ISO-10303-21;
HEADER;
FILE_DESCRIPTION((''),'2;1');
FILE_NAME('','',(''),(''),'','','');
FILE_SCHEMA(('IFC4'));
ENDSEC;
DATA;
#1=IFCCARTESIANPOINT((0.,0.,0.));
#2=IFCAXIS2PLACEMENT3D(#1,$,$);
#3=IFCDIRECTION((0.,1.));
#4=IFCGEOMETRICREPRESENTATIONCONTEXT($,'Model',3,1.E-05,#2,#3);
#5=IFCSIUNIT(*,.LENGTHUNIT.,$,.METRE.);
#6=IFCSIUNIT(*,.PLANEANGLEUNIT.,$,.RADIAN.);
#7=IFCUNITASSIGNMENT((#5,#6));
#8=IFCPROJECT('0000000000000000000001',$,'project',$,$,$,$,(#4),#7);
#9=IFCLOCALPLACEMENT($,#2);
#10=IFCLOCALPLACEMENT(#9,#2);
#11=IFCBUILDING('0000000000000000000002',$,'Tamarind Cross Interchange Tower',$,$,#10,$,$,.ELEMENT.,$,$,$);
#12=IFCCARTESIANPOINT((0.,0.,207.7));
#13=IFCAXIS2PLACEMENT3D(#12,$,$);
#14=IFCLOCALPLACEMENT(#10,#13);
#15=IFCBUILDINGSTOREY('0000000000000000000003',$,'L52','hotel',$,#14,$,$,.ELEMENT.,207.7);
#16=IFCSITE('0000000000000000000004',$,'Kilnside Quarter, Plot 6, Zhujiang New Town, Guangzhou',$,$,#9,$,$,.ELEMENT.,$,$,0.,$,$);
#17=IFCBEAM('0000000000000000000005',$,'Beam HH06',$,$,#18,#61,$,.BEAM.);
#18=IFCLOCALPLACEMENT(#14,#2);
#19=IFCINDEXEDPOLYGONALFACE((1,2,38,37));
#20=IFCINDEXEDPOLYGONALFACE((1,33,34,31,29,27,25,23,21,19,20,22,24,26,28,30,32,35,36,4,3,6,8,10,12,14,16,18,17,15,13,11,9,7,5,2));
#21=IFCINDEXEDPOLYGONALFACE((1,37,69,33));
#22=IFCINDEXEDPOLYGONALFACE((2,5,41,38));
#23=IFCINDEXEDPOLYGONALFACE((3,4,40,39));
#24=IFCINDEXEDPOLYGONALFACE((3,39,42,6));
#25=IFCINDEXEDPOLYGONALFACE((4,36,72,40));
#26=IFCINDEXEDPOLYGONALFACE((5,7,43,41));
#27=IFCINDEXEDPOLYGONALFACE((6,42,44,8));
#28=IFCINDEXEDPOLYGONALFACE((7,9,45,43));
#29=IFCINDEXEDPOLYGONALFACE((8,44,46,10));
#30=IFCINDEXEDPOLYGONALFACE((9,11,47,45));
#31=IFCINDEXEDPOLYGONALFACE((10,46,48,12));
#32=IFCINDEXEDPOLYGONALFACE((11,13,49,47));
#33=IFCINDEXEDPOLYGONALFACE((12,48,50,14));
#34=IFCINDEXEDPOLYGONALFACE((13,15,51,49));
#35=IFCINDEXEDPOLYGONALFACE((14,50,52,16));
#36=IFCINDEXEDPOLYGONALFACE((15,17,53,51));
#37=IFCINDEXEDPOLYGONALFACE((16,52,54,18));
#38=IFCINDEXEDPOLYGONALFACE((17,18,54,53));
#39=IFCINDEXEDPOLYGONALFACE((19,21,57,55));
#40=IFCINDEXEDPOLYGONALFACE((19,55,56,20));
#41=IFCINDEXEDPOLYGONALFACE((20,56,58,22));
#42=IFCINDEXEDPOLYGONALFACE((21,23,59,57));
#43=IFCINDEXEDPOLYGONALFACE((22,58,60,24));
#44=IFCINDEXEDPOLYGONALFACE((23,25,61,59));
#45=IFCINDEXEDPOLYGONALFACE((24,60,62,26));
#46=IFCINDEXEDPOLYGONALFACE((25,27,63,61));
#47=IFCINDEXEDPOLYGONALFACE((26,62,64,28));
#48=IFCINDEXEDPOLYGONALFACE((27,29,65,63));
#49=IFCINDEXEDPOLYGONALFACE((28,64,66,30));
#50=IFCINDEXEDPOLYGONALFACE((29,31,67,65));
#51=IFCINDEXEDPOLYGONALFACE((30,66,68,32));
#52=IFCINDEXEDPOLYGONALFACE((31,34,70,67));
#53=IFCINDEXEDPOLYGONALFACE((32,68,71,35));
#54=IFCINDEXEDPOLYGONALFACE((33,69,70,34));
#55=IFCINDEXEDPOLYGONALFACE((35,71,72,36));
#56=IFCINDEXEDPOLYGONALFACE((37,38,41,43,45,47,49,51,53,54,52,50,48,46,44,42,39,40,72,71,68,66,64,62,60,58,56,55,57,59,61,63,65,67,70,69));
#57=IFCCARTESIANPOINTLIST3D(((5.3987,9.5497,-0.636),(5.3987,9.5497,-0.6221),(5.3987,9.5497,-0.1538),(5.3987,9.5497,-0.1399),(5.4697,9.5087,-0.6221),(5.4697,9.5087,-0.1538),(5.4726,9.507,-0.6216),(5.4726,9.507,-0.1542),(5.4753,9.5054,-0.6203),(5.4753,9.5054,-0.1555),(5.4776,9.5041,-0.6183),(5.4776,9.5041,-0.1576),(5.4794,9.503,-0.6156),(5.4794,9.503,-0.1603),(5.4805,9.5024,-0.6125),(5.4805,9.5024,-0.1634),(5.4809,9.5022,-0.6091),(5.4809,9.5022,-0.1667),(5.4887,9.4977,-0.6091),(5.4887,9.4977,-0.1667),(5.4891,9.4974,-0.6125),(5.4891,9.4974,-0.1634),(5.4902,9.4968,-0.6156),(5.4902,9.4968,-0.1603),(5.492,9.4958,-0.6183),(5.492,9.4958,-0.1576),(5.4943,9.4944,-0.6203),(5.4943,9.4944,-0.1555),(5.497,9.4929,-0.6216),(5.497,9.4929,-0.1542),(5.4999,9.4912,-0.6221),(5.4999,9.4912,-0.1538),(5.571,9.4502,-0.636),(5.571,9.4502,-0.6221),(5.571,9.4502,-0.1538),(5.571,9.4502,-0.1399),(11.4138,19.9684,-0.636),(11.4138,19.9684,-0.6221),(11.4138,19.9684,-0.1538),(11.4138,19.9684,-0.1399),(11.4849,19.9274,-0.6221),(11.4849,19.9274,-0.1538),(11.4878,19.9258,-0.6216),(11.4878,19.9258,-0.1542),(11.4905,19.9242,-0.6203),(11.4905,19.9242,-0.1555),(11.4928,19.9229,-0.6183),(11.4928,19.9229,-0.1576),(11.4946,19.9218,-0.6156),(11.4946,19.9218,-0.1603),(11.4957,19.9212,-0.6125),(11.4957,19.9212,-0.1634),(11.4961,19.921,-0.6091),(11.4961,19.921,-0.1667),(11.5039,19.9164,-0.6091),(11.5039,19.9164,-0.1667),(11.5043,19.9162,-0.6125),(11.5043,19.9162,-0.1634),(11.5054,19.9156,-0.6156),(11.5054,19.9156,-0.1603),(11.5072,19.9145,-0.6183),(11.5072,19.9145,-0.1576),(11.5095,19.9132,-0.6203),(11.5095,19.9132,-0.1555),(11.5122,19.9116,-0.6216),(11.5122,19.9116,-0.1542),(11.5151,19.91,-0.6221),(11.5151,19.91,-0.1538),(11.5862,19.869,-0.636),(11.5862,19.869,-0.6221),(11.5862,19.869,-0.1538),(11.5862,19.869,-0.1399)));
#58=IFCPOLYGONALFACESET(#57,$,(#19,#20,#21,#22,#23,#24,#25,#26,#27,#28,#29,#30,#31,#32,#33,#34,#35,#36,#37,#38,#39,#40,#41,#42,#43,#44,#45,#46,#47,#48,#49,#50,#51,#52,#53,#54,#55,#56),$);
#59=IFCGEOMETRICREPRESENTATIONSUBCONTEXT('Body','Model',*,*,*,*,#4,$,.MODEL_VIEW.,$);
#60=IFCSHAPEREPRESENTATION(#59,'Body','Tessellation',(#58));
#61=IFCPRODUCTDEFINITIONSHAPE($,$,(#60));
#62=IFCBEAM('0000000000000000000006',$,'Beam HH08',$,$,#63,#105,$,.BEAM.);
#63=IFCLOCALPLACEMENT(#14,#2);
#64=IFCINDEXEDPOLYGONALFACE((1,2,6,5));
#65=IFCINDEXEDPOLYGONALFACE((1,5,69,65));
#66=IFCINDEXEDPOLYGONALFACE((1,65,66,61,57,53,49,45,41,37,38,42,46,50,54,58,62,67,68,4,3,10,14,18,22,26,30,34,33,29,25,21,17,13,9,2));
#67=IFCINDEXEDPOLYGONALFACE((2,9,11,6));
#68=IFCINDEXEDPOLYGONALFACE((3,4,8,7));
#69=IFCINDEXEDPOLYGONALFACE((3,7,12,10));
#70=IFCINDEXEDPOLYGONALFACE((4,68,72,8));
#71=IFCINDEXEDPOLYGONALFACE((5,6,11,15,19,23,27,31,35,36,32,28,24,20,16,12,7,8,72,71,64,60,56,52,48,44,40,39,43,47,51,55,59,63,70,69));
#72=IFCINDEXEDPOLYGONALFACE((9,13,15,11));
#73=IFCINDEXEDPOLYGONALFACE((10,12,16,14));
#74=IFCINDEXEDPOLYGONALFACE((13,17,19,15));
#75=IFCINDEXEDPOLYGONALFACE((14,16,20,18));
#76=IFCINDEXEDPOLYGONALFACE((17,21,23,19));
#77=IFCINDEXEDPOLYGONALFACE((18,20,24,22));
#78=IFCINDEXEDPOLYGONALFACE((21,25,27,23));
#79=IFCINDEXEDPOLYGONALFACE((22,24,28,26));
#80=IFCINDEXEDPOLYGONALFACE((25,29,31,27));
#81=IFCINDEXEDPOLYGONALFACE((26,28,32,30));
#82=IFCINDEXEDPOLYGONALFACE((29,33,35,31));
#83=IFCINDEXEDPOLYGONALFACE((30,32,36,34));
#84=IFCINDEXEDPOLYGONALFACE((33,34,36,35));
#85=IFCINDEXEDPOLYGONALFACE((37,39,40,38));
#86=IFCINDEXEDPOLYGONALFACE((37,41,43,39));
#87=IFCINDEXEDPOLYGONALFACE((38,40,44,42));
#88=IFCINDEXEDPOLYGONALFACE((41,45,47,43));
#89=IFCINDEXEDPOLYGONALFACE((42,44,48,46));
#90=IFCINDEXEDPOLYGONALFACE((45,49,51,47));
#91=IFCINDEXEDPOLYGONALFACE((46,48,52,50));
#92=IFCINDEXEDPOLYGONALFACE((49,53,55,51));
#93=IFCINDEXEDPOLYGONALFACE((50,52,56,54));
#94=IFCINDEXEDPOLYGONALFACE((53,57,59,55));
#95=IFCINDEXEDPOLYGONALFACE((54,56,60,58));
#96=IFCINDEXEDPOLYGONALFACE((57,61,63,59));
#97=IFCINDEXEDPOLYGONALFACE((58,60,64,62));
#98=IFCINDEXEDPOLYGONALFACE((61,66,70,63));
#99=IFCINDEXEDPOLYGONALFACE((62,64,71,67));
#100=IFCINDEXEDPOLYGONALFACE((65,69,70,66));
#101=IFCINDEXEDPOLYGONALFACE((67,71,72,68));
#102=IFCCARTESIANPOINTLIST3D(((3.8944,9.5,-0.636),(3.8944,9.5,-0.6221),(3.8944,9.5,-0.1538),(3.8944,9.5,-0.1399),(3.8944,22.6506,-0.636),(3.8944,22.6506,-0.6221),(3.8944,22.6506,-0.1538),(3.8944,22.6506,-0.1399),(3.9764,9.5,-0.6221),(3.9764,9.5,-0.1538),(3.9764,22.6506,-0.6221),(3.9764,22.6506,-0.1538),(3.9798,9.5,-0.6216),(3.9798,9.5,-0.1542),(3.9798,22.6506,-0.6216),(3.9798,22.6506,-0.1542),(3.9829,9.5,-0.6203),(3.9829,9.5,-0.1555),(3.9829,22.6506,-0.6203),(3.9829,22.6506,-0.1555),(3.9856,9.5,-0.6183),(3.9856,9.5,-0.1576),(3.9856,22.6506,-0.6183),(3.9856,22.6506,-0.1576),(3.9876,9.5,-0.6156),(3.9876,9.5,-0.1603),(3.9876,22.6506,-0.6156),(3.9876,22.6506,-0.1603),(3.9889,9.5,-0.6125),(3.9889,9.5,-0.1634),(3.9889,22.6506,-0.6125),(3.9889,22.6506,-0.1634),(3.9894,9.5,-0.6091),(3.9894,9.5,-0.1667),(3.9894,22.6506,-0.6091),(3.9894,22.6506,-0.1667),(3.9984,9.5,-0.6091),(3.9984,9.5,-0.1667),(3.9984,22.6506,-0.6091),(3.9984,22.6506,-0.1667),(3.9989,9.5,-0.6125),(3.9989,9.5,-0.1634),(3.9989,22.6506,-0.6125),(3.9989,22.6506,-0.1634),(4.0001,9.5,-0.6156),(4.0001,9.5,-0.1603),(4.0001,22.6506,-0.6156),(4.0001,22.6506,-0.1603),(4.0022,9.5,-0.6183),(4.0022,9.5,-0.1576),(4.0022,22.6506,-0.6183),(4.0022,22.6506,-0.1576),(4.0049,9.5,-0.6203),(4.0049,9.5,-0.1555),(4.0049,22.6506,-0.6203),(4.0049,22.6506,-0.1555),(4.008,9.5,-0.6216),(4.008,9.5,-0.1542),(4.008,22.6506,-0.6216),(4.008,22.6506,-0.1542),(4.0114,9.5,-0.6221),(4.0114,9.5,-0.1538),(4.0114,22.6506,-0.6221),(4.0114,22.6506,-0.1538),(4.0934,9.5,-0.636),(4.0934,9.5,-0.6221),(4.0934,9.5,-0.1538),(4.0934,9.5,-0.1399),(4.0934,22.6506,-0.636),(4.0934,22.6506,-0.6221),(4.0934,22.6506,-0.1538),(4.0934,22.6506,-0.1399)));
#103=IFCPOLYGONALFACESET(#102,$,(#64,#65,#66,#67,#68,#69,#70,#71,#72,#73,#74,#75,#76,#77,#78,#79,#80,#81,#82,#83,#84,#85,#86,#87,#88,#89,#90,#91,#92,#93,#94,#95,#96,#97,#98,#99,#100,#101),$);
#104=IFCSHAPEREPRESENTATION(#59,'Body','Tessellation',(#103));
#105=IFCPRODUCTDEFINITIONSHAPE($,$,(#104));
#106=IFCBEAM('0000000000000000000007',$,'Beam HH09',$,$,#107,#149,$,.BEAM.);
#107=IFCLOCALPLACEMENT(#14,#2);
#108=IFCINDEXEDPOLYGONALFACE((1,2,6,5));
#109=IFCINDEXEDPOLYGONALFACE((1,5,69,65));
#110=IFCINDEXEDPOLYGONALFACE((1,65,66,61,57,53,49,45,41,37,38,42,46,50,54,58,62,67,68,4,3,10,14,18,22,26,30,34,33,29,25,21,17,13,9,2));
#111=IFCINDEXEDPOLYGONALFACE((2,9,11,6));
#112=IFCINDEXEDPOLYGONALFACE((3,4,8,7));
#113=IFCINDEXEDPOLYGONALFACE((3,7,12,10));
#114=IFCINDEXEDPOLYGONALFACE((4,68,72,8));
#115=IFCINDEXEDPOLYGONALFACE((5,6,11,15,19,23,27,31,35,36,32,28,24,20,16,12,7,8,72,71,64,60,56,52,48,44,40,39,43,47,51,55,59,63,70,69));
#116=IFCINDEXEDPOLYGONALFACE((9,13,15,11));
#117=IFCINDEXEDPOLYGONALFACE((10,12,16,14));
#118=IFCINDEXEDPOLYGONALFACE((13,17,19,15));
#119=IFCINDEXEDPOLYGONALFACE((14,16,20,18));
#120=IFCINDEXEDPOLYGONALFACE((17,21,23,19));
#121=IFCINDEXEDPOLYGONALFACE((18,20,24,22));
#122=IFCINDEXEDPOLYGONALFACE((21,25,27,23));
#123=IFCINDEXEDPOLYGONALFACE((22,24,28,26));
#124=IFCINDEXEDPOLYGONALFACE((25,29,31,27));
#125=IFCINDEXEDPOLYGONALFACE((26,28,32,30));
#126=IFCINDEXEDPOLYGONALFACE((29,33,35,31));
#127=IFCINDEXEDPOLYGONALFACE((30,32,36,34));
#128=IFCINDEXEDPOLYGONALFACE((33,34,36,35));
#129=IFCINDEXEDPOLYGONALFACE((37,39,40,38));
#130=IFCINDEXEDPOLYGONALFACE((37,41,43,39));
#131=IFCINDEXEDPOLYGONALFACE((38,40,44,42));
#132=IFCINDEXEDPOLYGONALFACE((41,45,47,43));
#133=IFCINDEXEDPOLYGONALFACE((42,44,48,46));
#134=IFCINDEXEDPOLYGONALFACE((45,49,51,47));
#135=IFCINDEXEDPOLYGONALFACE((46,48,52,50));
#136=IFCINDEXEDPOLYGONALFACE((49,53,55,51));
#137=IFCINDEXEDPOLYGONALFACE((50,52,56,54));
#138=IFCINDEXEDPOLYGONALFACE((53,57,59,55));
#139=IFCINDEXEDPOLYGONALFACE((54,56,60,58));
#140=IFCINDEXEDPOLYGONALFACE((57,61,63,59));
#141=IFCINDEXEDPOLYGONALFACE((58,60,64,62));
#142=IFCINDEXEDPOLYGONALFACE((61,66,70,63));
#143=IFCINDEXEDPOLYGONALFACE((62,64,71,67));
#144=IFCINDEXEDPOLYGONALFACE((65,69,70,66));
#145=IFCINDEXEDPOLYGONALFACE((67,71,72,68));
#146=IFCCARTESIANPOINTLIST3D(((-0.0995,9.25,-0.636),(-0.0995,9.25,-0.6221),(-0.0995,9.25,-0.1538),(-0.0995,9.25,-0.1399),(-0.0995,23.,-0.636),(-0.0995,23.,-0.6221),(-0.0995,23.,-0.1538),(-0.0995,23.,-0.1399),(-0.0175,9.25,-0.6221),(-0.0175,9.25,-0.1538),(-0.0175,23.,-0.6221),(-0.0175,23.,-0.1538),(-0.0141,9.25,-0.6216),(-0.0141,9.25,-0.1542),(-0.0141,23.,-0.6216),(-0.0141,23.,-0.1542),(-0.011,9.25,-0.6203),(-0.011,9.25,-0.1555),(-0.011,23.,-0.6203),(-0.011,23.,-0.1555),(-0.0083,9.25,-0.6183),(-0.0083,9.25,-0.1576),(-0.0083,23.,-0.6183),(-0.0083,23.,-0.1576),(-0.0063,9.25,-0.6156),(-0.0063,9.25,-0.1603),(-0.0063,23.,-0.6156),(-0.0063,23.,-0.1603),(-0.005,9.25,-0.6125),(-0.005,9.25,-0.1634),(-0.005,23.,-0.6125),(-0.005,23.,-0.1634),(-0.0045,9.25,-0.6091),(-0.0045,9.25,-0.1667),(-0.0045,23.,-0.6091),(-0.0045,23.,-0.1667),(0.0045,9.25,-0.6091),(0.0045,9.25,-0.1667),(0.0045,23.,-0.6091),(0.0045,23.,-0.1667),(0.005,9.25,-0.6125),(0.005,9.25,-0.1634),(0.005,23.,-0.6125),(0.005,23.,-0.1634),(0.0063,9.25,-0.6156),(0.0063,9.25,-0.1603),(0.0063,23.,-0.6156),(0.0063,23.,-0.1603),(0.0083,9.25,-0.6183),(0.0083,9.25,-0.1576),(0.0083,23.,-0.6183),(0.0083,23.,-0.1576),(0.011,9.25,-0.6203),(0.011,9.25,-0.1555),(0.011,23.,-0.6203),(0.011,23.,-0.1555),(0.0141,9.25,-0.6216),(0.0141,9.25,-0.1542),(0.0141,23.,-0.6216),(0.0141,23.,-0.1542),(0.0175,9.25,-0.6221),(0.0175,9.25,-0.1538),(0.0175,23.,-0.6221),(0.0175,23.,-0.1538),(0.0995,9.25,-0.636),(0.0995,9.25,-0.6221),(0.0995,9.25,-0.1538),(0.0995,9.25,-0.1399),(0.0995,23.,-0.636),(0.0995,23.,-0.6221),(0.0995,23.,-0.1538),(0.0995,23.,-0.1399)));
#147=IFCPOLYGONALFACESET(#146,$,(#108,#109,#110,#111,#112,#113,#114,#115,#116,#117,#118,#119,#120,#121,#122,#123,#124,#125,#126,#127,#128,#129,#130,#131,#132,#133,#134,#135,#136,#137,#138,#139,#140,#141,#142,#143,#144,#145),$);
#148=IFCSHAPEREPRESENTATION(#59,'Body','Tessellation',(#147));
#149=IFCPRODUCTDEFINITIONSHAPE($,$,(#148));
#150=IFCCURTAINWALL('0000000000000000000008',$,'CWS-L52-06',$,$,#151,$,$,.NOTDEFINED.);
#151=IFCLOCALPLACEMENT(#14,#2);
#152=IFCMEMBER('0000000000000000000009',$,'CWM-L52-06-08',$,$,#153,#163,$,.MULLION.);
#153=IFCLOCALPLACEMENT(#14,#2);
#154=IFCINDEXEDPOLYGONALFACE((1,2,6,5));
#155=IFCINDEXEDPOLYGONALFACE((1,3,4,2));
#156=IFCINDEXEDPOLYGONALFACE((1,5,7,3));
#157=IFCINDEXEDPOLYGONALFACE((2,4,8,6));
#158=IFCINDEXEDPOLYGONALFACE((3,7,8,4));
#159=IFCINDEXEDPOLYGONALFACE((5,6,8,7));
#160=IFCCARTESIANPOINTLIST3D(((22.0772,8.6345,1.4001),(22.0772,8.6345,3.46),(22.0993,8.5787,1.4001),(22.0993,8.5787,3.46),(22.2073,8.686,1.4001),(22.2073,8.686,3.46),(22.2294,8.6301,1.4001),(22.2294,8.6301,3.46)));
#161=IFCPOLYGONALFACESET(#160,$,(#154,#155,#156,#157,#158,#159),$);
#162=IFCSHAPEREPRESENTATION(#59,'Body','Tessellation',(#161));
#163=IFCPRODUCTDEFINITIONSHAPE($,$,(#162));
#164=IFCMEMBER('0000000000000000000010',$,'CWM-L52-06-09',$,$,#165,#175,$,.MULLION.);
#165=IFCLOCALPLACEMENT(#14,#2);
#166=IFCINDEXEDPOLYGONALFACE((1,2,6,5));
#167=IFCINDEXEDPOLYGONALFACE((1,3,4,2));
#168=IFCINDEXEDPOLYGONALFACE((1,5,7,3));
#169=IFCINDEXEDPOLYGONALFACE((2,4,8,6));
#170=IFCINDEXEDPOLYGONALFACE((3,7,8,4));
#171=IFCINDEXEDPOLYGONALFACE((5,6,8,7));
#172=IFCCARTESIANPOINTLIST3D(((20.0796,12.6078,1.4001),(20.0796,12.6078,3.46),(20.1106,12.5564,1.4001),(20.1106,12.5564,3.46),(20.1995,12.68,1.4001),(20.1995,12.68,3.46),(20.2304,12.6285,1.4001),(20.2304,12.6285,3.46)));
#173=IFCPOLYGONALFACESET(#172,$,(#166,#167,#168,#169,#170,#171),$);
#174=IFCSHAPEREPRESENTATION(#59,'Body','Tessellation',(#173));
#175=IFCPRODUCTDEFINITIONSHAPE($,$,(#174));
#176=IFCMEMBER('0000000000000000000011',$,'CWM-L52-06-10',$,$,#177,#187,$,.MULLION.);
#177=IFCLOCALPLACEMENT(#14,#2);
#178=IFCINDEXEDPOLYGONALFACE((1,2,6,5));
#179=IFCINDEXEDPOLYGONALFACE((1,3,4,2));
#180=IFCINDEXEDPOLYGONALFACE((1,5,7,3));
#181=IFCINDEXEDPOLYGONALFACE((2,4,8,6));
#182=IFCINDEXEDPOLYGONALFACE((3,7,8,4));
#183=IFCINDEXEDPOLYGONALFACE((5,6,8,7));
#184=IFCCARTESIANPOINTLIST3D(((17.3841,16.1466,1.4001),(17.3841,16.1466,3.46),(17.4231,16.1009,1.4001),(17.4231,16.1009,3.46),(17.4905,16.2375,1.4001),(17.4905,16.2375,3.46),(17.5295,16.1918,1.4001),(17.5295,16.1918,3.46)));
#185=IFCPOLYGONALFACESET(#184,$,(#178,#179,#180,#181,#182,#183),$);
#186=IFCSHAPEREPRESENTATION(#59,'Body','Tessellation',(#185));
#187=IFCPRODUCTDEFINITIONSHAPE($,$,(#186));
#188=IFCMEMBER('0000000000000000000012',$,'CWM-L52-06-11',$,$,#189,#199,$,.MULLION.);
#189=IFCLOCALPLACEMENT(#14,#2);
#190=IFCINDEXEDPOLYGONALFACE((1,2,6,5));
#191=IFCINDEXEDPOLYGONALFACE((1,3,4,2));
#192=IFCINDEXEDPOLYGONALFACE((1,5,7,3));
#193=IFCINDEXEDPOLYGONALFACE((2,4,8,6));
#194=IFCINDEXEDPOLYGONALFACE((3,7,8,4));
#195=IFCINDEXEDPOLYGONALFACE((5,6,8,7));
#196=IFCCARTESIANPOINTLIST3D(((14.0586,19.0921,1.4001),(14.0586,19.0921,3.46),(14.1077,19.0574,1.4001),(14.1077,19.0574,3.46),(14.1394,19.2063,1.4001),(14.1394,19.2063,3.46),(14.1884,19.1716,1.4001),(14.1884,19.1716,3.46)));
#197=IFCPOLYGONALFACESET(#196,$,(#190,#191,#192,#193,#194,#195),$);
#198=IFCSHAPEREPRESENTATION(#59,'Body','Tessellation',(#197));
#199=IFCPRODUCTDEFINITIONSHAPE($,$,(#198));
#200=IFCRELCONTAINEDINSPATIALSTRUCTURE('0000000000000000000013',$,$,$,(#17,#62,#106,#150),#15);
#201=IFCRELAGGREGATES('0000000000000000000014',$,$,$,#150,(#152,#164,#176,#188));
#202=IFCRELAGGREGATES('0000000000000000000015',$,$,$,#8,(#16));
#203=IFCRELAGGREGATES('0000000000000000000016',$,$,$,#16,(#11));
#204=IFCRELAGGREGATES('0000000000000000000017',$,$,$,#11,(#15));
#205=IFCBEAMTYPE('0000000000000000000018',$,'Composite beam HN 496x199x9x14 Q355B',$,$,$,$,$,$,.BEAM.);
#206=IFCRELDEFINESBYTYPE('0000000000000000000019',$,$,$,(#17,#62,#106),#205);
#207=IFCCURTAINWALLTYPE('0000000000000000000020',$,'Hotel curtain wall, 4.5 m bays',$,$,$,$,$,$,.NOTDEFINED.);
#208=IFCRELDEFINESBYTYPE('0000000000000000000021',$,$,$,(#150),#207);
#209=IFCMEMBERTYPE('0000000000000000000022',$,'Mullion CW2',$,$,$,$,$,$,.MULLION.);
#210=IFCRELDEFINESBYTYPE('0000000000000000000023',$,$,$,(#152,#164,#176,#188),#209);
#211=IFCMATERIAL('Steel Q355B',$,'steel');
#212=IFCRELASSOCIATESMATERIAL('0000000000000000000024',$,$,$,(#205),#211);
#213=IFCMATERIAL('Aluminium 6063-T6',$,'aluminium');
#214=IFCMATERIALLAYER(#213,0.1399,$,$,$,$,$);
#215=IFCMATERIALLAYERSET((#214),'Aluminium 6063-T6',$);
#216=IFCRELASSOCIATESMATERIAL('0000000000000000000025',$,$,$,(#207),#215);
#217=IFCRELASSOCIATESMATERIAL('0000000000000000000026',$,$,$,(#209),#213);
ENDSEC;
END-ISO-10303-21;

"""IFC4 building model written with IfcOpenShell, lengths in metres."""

from ifc_helpers import new_model, si_unit, direction, frame, origin, origin_2d, place, context, subcontext, project, spatial, rectangle, i_section, extrude, material, layer, layer_set, material_profile, profile_set, type_object, element, aggregate, save


model = new_model("IFC4")

# Units and contexts
model_context = context("Model", 3, precision=1e-05, world=origin(), true_north=direction((0.0, 1.0)))
body_context = subcontext(model_context, "Body", "Model", "MODEL_VIEW")
ifc_project = project(units=[si_unit("LENGTHUNIT", "METRE"), si_unit("PLANEANGLEUNIT", "RADIAN")], contexts=[model_context])

# Site, building, storey
site_placement = place(None, origin())
site = spatial("IfcSite", under=ifc_project, at=site_placement, Name="Kilnside Quarter, Plot 6, Zhujiang New Town, Guangzhou", CompositionType="ELEMENT", RefElevation=0.0)
building_placement = place(site_placement, origin())
building = spatial("IfcBuilding", under=site, at=building_placement, Name="Tamarind Cross Interchange Tower", CompositionType="ELEMENT")
storey_placement = place(building_placement, frame((0.0, 0.0, 207.7)))
storey = spatial("IfcBuildingStorey", under=building, at=storey_placement, Name="L52", Description="hotel", CompositionType="ELEMENT", Elevation=207.7)

# Beams
ifc_material_1 = material(Name="Steel Q355B", Category="steel")
ifc_material_profile_1 = material_profile(ifc_material_1, i_section(OverallWidth=0.199, OverallDepth=0.4961, WebThickness=0.009, FlangeThickness=0.0139, FilletRadius=0.0129, at=origin_2d()), Name="HN 496x199x9x14")
ifc_profile_set_1 = profile_set([ifc_material_profile_1], Name="Steel Q355B")
beam_type = type_object("IfcBeamType", Name="Composite beam HN 496x199x9x14 Q355B", PredefinedType="BEAM", material=ifc_profile_set_1)
beam_1_placement = place(storey_placement, frame((11.5, 19.9187, -0.3879), z_axis=(-0.499994, -0.866029, 0.0), x_axis=(0.866029, -0.499994, 0.0)))
element("IfcBeam", 1, at=beam_1_placement, inside=storey, type_object=beam_type, Name="Beam HH06", PredefinedType="BEAM", context=body_context, shape_type="SweptSolid", body=[
    extrude(i_section(OverallWidth=0.199, OverallDepth=0.4961, WebThickness=0.009, FlangeThickness=0.0139, FilletRadius=0.0129, at=origin_2d()), origin(), (0.0, 0.0, 1.0), 12.0305),
])
beam_2_placement = place(storey_placement, frame((3.9939, 22.6506, -0.3879), z_axis=(0.0, -1.0, 0.0), x_axis=(1.0, 0.0, 0.0)))
element("IfcBeam", 2, at=beam_2_placement, inside=storey, type_object=beam_type, Name="Beam HH08", PredefinedType="BEAM", context=body_context, shape_type="SweptSolid", body=[
    extrude(i_section(OverallWidth=0.199, OverallDepth=0.4961, WebThickness=0.009, FlangeThickness=0.0139, FilletRadius=0.0129, at=origin_2d()), origin(), (0.0, 0.0, 1.0), 13.1506),
])
beam_3_placement = place(storey_placement, frame((0.0, 23.0, -0.3879), z_axis=(0.0, -1.0, 0.0), x_axis=(1.0, 0.0, 0.0)))
element("IfcBeam", 3, at=beam_3_placement, inside=storey, type_object=beam_type, Name="Beam HH09", PredefinedType="BEAM", context=body_context, shape_type="SweptSolid", body=[
    extrude(i_section(OverallWidth=0.199, OverallDepth=0.4961, WebThickness=0.009, FlangeThickness=0.0139, FilletRadius=0.0129, at=origin_2d()), origin(), (0.0, 0.0, 1.0), 13.75),
])

# Curtain wall, members
ifc_material_2 = material(Name="Aluminium 6063-T6", Category="aluminium")
ifc_layer_1 = layer(ifc_material_2, 0.1399)
ifc_layer_set_1 = layer_set([ifc_layer_1], Name="Aluminium 6063-T6")
curtain_wall_type = type_object("IfcCurtainWallType", Name="Hotel curtain wall, 4.5 m bays", PredefinedType="NOTDEFINED", material=ifc_layer_set_1)
curtain_wall_1_placement = place(storey_placement, origin())
curtain_wall_1 = element("IfcCurtainWall", 4, at=curtain_wall_1_placement, inside=storey, type_object=curtain_wall_type, Name="CWS-L52-06", PredefinedType="NOTDEFINED")
ifc_material_profile_2 = material_profile(ifc_material_2, rectangle(XDim=0.0601, YDim=0.1399, at=origin_2d()), Name="Mullion CW2")
ifc_profile_set_2 = profile_set([ifc_material_profile_2], Name="Aluminium 6063-T6")
member_type = type_object("IfcMemberType", Name="Mullion CW2", PredefinedType="MULLION", material=ifc_profile_set_2)
member_1_placement = place(storey_placement, frame((22.1533, 8.6323, 1.4001), z_axis=(0.0, 0.0, 1.0), x_axis=(-0.367514, 0.930018, 0.0)))
member_1 = element("IfcMember", 5, at=member_1_placement, type_object=member_type, Name="CWM-L52-06-08", PredefinedType="MULLION", context=body_context, shape_type="SweptSolid", body=[
    extrude(rectangle(XDim=0.0601, YDim=0.1399, at=origin_2d()), origin(), (0.0, 0.0, 1.0), 2.0598),
])
member_2_placement = place(storey_placement, frame((20.155, 12.6182, 1.4001), z_axis=(0.0, 0.0, 1.0), x_axis=(-0.515577, 0.856843, 0.0)))
member_2 = element("IfcMember", 6, at=member_2_placement, type_object=member_type, Name="CWM-L52-06-09", PredefinedType="MULLION", context=body_context, shape_type="SweptSolid", body=[
    extrude(rectangle(XDim=0.0601, YDim=0.1399, at=origin_2d()), origin(), (0.0, 0.0, 1.0), 2.0598),
])
member_3_placement = place(storey_placement, frame((17.4568, 16.1692, 1.4001), z_axis=(0.0, 0.0, 1.0), x_axis=(-0.649577, 0.760296, 0.0)))
member_3 = element("IfcMember", 7, at=member_3_placement, type_object=member_type, Name="CWM-L52-06-10", PredefinedType="MULLION", context=body_context, shape_type="SweptSolid", body=[
    extrude(rectangle(XDim=0.0601, YDim=0.1399, at=origin_2d()), origin(), (0.0, 0.0, 1.0), 2.0598),
])
member_4_placement = place(storey_placement, frame((14.1235, 19.1318, 1.4001), z_axis=(0.0, 0.0, 1.0), x_axis=(-0.816342, 0.577569, 0.0)))
member_4 = element("IfcMember", 8, at=member_4_placement, type_object=member_type, Name="CWM-L52-06-11", PredefinedType="MULLION", context=body_context, shape_type="SweptSolid", body=[
    extrude(rectangle(XDim=0.0601, YDim=0.1399, at=origin_2d()), origin(), (0.0, 0.0, 1.0), 2.0598),
])
aggregate(curtain_wall_1, [member_1, member_2, member_3, member_4])

save(model, "model.ifc")
